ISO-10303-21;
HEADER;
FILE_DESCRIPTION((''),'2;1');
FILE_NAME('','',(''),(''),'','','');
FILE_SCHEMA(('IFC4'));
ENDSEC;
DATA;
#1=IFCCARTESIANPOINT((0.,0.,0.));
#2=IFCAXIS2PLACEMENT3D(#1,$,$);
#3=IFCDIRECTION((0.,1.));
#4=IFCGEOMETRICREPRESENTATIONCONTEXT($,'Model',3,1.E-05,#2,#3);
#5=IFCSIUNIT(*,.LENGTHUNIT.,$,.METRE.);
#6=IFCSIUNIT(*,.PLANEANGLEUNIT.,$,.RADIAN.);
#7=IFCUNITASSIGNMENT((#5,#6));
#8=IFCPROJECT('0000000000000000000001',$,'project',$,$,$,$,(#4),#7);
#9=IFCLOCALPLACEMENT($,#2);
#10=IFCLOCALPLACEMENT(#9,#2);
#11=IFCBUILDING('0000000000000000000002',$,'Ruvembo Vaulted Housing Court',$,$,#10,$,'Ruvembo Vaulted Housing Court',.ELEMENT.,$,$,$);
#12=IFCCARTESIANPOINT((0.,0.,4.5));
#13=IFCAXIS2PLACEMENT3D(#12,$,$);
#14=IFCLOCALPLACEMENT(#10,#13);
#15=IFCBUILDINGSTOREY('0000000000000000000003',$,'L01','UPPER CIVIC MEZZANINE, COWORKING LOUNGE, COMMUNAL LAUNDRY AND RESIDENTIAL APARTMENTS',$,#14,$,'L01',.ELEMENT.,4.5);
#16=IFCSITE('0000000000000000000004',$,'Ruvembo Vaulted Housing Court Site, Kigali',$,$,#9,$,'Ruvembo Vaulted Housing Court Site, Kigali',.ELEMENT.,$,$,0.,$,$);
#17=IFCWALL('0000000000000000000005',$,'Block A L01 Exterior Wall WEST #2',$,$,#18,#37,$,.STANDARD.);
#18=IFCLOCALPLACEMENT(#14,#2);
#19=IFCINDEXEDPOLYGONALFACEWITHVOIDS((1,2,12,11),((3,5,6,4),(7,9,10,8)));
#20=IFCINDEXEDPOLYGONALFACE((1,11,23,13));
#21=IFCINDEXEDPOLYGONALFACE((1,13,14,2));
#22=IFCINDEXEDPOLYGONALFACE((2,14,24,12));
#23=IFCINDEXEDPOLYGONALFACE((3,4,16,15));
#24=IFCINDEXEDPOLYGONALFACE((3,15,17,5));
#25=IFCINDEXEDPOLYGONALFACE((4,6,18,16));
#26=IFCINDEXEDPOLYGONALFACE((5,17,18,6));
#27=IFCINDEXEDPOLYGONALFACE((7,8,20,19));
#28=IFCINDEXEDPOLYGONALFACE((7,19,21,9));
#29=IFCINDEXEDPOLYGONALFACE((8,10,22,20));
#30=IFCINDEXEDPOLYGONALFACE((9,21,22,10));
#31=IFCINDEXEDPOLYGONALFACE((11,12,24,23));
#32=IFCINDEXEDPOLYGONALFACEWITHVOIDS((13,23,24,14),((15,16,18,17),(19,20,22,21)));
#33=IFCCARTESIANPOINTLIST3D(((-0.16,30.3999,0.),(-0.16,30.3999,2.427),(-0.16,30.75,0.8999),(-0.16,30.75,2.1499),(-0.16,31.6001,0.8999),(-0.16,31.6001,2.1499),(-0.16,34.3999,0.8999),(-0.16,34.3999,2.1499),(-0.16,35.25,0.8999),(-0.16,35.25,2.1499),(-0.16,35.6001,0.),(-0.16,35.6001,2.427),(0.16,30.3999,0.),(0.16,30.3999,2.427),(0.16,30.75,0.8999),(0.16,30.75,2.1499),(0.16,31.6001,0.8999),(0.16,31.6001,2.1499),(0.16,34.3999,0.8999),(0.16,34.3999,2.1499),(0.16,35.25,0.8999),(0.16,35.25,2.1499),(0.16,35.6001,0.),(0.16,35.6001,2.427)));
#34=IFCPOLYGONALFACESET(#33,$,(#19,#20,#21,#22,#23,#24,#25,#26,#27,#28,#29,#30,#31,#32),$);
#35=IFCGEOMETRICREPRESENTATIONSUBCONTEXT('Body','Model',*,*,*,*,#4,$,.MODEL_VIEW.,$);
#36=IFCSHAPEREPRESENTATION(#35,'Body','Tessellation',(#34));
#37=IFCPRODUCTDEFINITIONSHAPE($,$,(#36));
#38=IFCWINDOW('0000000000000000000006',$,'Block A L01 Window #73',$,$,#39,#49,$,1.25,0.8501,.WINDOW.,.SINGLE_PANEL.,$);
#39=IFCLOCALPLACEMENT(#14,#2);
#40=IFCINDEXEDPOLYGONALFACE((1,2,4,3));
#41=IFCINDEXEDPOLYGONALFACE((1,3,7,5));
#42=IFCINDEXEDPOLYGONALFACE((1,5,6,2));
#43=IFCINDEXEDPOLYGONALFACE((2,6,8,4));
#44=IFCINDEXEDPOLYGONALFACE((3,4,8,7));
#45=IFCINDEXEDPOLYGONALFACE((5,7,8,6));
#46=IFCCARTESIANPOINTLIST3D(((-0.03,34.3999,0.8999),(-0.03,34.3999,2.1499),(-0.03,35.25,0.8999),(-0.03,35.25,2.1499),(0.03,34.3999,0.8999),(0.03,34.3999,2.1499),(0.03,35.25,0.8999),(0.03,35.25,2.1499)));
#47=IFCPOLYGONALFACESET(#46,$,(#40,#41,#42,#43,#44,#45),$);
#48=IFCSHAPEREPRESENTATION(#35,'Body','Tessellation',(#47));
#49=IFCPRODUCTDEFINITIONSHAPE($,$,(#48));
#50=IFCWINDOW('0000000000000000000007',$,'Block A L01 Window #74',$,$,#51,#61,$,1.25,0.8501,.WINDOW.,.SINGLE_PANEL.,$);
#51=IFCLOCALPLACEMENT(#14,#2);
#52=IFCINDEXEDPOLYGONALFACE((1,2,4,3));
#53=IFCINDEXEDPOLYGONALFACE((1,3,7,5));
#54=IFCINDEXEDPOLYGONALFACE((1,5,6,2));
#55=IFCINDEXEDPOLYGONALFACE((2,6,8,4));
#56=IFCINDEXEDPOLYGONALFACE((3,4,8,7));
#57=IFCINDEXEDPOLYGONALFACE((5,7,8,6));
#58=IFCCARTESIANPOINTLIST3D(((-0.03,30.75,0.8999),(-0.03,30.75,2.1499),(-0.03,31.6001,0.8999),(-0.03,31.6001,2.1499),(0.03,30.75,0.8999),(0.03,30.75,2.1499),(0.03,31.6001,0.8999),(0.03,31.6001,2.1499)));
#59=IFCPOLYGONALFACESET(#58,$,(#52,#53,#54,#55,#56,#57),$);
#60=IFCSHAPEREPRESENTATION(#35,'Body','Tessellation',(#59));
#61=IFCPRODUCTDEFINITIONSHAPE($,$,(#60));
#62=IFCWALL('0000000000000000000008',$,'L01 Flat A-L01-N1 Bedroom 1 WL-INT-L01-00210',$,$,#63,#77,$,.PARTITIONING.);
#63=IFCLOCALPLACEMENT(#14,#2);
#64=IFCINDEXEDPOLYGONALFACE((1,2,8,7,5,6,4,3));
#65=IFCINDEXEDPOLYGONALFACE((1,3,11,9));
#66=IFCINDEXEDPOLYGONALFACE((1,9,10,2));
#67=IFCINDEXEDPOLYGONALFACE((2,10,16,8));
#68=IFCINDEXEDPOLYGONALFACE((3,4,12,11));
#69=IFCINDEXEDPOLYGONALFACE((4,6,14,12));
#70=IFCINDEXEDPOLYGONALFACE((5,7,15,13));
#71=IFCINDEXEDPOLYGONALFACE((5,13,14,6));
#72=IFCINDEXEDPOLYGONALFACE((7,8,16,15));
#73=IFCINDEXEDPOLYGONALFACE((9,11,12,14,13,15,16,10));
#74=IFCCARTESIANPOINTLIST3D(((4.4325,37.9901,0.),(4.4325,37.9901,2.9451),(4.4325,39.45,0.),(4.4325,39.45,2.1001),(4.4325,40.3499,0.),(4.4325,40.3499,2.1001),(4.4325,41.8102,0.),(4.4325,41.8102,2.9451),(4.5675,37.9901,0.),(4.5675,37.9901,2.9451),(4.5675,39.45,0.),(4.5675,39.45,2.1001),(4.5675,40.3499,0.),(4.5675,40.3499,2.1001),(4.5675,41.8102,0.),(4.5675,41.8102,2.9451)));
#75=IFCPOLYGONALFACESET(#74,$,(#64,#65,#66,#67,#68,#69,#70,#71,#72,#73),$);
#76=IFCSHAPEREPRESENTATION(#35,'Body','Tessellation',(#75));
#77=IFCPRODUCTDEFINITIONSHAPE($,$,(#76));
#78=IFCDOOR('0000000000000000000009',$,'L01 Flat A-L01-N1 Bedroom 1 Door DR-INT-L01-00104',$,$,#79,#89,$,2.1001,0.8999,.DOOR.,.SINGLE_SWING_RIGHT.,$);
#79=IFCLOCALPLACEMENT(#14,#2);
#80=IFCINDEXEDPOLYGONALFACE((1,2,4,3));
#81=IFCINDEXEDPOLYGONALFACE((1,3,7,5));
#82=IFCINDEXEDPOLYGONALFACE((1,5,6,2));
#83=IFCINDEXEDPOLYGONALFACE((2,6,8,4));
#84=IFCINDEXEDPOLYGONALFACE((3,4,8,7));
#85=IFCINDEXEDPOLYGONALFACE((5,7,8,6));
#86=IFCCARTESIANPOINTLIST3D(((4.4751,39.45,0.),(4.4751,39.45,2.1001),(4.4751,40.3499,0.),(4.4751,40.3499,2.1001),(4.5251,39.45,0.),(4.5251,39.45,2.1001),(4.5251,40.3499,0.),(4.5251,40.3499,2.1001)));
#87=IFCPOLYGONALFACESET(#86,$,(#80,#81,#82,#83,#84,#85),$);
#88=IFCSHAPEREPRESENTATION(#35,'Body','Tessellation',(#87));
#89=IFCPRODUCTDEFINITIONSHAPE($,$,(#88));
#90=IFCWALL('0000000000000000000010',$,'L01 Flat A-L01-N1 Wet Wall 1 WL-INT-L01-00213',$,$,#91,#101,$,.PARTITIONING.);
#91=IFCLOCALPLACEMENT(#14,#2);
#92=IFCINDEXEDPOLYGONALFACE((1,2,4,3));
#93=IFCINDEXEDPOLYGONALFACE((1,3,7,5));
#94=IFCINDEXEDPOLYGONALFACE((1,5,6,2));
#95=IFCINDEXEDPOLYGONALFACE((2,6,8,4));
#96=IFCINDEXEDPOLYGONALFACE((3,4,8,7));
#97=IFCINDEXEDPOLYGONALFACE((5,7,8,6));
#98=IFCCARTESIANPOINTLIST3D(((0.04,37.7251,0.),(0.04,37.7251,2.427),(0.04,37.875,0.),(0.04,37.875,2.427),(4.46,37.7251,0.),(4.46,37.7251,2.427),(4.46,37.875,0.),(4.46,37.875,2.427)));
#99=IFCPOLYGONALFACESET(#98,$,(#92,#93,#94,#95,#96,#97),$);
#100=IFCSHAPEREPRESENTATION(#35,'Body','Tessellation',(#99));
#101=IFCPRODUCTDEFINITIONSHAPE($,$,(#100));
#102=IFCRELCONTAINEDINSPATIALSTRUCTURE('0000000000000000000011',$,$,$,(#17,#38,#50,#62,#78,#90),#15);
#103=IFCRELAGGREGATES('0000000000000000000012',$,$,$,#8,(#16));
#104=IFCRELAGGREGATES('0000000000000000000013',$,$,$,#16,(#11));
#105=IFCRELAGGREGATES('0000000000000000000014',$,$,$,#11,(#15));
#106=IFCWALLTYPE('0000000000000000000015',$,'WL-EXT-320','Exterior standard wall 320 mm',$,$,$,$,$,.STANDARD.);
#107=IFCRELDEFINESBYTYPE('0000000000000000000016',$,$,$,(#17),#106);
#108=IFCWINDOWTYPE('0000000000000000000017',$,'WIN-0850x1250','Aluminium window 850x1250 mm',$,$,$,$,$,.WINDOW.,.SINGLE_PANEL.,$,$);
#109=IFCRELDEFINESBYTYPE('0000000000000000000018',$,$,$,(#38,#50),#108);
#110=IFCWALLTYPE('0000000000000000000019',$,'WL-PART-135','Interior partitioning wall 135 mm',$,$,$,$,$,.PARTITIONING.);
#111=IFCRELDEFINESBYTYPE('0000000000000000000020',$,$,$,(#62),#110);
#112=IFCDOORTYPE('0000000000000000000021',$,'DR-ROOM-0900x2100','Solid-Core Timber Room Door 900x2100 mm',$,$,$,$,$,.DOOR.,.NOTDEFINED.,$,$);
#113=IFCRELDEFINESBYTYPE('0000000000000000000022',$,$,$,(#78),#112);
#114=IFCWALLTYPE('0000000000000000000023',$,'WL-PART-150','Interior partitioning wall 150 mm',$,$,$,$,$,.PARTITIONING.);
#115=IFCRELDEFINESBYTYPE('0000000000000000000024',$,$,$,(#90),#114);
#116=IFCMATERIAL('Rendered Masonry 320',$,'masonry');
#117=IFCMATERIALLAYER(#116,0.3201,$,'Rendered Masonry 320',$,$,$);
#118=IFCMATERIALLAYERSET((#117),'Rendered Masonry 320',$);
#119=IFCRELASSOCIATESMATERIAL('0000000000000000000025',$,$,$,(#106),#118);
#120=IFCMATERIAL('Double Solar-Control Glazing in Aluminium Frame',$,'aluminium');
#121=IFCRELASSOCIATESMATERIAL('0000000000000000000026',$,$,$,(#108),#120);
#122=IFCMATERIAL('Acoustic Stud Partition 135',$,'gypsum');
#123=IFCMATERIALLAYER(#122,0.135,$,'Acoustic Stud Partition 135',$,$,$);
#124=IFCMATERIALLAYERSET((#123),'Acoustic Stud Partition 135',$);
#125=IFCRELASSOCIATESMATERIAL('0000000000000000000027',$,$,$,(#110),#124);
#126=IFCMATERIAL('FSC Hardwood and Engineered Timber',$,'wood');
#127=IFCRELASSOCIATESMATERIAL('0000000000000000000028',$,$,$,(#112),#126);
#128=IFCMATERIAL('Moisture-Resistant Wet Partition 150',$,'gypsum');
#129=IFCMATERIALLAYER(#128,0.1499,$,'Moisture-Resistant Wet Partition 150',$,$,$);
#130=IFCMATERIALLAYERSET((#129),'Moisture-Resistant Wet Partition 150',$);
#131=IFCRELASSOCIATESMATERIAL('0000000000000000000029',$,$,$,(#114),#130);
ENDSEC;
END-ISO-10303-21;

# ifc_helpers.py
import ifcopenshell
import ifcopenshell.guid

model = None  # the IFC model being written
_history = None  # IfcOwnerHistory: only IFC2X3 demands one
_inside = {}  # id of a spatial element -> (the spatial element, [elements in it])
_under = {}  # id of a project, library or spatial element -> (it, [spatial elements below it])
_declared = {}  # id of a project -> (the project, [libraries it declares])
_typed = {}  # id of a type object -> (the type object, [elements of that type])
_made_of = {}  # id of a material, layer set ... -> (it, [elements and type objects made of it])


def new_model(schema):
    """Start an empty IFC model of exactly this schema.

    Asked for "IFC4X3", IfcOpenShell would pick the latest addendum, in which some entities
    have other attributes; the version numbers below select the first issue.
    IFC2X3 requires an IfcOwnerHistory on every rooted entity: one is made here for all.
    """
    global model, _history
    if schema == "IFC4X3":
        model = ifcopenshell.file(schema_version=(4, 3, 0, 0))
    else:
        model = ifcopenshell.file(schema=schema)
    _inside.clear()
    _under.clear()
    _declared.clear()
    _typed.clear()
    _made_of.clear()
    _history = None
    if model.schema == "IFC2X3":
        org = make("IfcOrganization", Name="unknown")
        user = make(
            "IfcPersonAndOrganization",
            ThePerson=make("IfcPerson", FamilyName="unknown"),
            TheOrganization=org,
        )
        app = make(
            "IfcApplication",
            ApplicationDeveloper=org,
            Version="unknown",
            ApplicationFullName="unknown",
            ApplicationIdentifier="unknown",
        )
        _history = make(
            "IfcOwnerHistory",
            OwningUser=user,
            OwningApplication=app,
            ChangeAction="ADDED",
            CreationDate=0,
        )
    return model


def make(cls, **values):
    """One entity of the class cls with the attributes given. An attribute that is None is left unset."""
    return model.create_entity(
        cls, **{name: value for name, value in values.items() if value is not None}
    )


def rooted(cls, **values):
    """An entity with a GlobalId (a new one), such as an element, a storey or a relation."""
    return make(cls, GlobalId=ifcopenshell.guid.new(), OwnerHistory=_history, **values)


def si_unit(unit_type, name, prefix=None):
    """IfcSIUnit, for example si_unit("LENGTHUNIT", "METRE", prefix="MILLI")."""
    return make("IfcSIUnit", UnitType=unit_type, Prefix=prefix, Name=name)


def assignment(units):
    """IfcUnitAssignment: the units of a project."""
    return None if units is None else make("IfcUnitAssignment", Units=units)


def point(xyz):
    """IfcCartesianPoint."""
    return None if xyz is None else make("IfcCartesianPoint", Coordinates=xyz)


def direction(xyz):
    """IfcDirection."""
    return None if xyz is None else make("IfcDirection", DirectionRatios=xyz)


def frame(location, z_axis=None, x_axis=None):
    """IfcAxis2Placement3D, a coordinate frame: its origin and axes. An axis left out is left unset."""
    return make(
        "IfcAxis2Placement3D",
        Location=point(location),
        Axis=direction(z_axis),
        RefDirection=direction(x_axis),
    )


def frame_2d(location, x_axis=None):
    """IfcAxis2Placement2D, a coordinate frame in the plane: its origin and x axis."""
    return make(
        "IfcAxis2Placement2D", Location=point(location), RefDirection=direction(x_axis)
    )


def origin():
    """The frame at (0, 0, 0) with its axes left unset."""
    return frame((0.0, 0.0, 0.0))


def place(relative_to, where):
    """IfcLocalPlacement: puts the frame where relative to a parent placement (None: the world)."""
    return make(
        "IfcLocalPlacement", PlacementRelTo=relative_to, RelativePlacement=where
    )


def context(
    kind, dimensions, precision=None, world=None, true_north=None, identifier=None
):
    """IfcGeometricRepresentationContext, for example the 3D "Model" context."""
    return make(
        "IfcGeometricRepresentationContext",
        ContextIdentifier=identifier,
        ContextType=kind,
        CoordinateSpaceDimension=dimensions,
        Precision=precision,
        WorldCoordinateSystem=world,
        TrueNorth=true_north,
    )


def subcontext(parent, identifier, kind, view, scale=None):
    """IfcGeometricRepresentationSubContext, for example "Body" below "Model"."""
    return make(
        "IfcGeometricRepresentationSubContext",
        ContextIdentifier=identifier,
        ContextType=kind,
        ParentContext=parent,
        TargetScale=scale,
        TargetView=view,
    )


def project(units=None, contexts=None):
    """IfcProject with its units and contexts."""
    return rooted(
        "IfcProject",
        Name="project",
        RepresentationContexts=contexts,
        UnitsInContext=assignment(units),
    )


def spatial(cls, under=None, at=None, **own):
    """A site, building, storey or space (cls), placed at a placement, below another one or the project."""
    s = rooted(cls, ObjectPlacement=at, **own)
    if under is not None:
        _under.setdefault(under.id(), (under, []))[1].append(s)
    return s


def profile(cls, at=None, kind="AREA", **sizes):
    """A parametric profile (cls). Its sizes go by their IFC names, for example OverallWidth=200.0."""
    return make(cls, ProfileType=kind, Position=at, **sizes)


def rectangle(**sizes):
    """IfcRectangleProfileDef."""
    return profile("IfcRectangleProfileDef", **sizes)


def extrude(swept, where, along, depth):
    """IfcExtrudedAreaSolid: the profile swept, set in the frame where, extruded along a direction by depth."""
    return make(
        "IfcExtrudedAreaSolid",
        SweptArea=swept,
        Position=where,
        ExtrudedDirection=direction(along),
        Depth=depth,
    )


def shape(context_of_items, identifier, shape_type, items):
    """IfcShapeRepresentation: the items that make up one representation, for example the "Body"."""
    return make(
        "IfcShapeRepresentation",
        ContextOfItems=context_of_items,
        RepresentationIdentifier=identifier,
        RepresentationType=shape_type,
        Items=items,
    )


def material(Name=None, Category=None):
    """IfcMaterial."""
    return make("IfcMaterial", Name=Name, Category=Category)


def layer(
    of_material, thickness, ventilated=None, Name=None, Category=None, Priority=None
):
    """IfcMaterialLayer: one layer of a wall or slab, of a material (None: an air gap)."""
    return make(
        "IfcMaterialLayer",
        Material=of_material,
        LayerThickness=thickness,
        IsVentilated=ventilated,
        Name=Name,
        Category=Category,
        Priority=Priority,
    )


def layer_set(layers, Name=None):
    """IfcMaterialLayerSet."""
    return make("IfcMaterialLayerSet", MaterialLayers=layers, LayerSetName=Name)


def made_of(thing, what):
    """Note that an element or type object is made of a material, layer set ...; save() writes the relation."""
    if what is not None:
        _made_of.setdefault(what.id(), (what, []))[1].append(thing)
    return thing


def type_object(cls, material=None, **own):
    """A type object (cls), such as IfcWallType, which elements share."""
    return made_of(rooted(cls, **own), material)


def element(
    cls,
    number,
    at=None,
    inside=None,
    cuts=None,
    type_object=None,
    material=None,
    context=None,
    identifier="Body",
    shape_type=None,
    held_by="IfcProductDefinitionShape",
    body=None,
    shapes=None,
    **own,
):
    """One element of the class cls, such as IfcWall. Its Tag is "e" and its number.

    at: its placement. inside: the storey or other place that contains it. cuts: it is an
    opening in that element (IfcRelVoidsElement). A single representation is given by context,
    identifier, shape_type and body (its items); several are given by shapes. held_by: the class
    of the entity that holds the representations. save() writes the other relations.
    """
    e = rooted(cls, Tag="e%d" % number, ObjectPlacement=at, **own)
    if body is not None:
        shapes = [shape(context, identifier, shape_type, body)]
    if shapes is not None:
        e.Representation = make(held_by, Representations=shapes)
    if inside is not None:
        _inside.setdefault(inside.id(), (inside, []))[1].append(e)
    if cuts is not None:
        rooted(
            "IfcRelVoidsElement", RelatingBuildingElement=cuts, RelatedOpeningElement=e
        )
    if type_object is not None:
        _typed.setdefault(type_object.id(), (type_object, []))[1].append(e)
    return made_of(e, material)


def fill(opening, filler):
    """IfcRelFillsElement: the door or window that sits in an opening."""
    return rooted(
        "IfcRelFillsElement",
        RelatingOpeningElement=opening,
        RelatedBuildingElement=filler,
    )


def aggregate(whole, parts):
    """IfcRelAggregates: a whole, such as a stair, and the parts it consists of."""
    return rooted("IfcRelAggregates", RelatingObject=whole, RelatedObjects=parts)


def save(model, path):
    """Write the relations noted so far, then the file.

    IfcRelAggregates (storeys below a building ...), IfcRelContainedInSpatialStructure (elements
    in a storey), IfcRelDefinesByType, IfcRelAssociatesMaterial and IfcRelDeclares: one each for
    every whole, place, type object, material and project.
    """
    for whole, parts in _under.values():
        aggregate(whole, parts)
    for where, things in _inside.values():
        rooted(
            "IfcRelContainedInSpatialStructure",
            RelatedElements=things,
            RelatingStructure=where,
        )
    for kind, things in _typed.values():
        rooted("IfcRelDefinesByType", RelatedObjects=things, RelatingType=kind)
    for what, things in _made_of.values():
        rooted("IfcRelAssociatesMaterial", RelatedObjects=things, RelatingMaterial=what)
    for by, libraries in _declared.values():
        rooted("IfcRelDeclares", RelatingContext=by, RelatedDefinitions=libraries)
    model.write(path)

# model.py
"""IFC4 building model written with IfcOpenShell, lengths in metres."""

from ifc_helpers import new_model, si_unit, direction, frame, frame_2d, origin, place, context, subcontext, project, spatial, rectangle, extrude, material, layer, layer_set, type_object, element, fill, save


model = new_model("IFC4")

# Units and contexts
model_context = context("Model", 3, precision=1e-05, world=origin(), true_north=direction((0.0, 1.0)))
body_context = subcontext(model_context, "Body", "Model", "MODEL_VIEW")
ifc_project = project(units=[si_unit("LENGTHUNIT", "METRE"), si_unit("PLANEANGLEUNIT", "RADIAN")], contexts=[model_context])

# Site, building, storey
site_placement = place(None, origin())
site = spatial("IfcSite", under=ifc_project, at=site_placement, Name="Ruvembo Vaulted Housing Court Site, Kigali", LongName="Ruvembo Vaulted Housing Court Site, Kigali", CompositionType="ELEMENT", RefElevation=0.0)
building_placement = place(site_placement, origin())
building = spatial("IfcBuilding", under=site, at=building_placement, Name="Ruvembo Vaulted Housing Court", LongName="Ruvembo Vaulted Housing Court", CompositionType="ELEMENT")
storey_placement = place(building_placement, frame((0.0, 0.0, 4.5)))
storey = spatial("IfcBuildingStorey", under=building, at=storey_placement, Name="L01", Description="UPPER CIVIC MEZZANINE, COWORKING LOUNGE, COMMUNAL LAUNDRY AND RESIDENTIAL APARTMENTS", LongName="L01", CompositionType="ELEMENT", Elevation=4.5)

# Wall, openings, windows
ifc_material_1 = material(Name="Rendered Masonry 320", Category="masonry")
ifc_layer_1 = layer(ifc_material_1, 0.3201, Name="Rendered Masonry 320")
ifc_layer_set_1 = layer_set([ifc_layer_1], Name="Rendered Masonry 320")
wall_type_1 = type_object("IfcWallType", Name="WL-EXT-320", Description="Exterior standard wall 320 mm", PredefinedType="STANDARD", material=ifc_layer_set_1)
ifc_material_2 = material(Name="Double Solar-Control Glazing in Aluminium Frame", Category="aluminium")
wall_1_placement = place(storey_placement, frame((0.0, 35.6001, 0.0), z_axis=(0.0, 0.0, 1.0), x_axis=(0.0, -1.0, 0.0)))
wall_1 = element("IfcWall", 1, at=wall_1_placement, inside=storey, type_object=wall_type_1, Name="Block A L01 Exterior Wall WEST #2", PredefinedType="STANDARD", context=body_context, shape_type="SweptSolid", body=[
    extrude(rectangle(XDim=5.2002, YDim=0.3201, at=frame_2d((2.6001, 0.0))), origin(), (0.0, 0.0, 1.0), 2.427),
])
opening_1_placement = place(wall_1_placement, frame((0.3501, 0.0, 0.8999)))
opening_1 = element("IfcOpeningElement", 2, at=opening_1_placement, cuts=wall_1, PredefinedType="OPENING", context=body_context, shape_type="SweptSolid", body=[
    extrude(rectangle(XDim=0.8501, YDim=1.25, at=frame_2d((0.425, 0.625))), frame((0.0, 0.1699, 0.0), z_axis=(0.0, -1.0, 0.0), x_axis=(1.0, 0.0, 0.0)), (0.0, 0.0, 1.0), 0.3401),
])
opening_2_placement = place(wall_1_placement, frame((4.0, 0.0, 0.8999)))
opening_2 = element("IfcOpeningElement", 3, at=opening_2_placement, cuts=wall_1, PredefinedType="OPENING", context=body_context, shape_type="SweptSolid", body=[
    extrude(rectangle(XDim=0.8501, YDim=1.25, at=frame_2d((0.425, 0.625))), frame((0.0, 0.1699, 0.0), z_axis=(0.0, -1.0, 0.0), x_axis=(1.0, 0.0, 0.0)), (0.0, 0.0, 1.0), 0.3401),
])
window_type_1 = type_object("IfcWindowType", Name="WIN-0850x1250", Description="Aluminium window 850x1250 mm", PartitioningType="SINGLE_PANEL", PredefinedType="WINDOW", material=ifc_material_2)
window_1_placement = place(opening_1_placement, origin())
window_1 = element("IfcWindow", 4, at=window_1_placement, inside=storey, type_object=window_type_1, Name="Block A L01 Window #73", OverallHeight=1.25, OverallWidth=0.8501, PartitioningType="SINGLE_PANEL", PredefinedType="WINDOW", context=body_context, shape_type="SweptSolid", body=[
    extrude(rectangle(XDim=0.8501, YDim=1.25, at=frame_2d((0.425, 0.625))), frame((0.0, 0.03, 0.0), z_axis=(0.0, -1.0, 0.0), x_axis=(1.0, 0.0, 0.0)), (0.0, 0.0, 1.0), 0.0601),
])
fill(opening_1, window_1)
window_2_placement = place(opening_2_placement, origin())
window_2 = element("IfcWindow", 5, at=window_2_placement, inside=storey, type_object=window_type_1, Name="Block A L01 Window #74", OverallHeight=1.25, OverallWidth=0.8501, PartitioningType="SINGLE_PANEL", PredefinedType="WINDOW", context=body_context, shape_type="SweptSolid", body=[
    extrude(rectangle(XDim=0.8501, YDim=1.25, at=frame_2d((0.425, 0.625))), frame((0.0, 0.03, 0.0), z_axis=(0.0, -1.0, 0.0), x_axis=(1.0, 0.0, 0.0)), (0.0, 0.0, 1.0), 0.0601),
])
fill(opening_2, window_2)

# Wall, opening, door
ifc_material_3 = material(Name="Acoustic Stud Partition 135", Category="gypsum")
ifc_layer_2 = layer(ifc_material_3, 0.135, Name="Acoustic Stud Partition 135")
ifc_layer_set_2 = layer_set([ifc_layer_2], Name="Acoustic Stud Partition 135")
wall_type_2 = type_object("IfcWallType", Name="WL-PART-135", Description="Interior partitioning wall 135 mm", PredefinedType="PARTITIONING", material=ifc_layer_set_2)
wall_2_placement = place(storey_placement, frame((4.5, 37.99, 0.0), z_axis=(0.0, 0.0, 1.0), x_axis=(0.0, 1.0, 0.0)))
wall_2 = element("IfcWall", 6, at=wall_2_placement, inside=storey, type_object=wall_type_2, Name="L01 Flat A-L01-N1 Bedroom 1 WL-INT-L01-00210", PredefinedType="PARTITIONING", context=body_context, shape_type="SweptSolid", body=[
    extrude(rectangle(XDim=3.8201, YDim=0.135, at=frame_2d((1.9102, 0.0))), origin(), (0.0, 0.0, 1.0), 2.9451),
])
opening_3_placement = place(wall_2_placement, frame((1.46, 0.0, 0.0)))
opening_3 = element("IfcOpeningElement", 7, at=opening_3_placement, cuts=wall_2, PredefinedType="OPENING", context=body_context, shape_type="SweptSolid", body=[
    extrude(rectangle(XDim=0.8999, YDim=2.1001, at=frame_2d((0.45, 1.05))), frame((0.0, 0.0774, 0.0), z_axis=(0.0, -1.0, 0.0), x_axis=(1.0, 0.0, 0.0)), (0.0, 0.0, 1.0), 0.155),
])
ifc_material_4 = material(Name="FSC Hardwood and Engineered Timber", Category="wood")
door_type = type_object("IfcDoorType", Name="DR-ROOM-0900x2100", Description="Solid-Core Timber Room Door 900x2100 mm", OperationType="NOTDEFINED", PredefinedType="DOOR", material=ifc_material_4)
door_placement = place(opening_3_placement, origin())
door = element("IfcDoor", 8, at=door_placement, inside=storey, type_object=door_type, Name="L01 Flat A-L01-N1 Bedroom 1 Door DR-INT-L01-00104", OperationType="SINGLE_SWING_RIGHT", OverallHeight=2.1001, OverallWidth=0.8999, PredefinedType="DOOR", context=body_context, shape_type="SweptSolid", body=[
    extrude(rectangle(XDim=0.8999, YDim=2.1001, at=frame_2d((0.45, 1.05))), frame((0.0, 0.0249, 0.0), z_axis=(0.0, -1.0, 0.0), x_axis=(1.0, 0.0, 0.0)), (0.0, 0.0, 1.0), 0.05),
])
fill(opening_3, door)

# Wall
ifc_material_5 = material(Name="Moisture-Resistant Wet Partition 150", Category="gypsum")
ifc_layer_3 = layer(ifc_material_5, 0.1499, Name="Moisture-Resistant Wet Partition 150")
ifc_layer_set_3 = layer_set([ifc_layer_3], Name="Moisture-Resistant Wet Partition 150")
wall_type_3 = type_object("IfcWallType", Name="WL-PART-150", Description="Interior partitioning wall 150 mm", PredefinedType="PARTITIONING", material=ifc_layer_set_3)
wall_3_placement = place(storey_placement, frame((0.04, 37.8, 0.0), z_axis=(0.0, 0.0, 1.0), x_axis=(1.0, 0.0, 0.0)))
element("IfcWall", 9, at=wall_3_placement, inside=storey, type_object=wall_type_3, Name="L01 Flat A-L01-N1 Wet Wall 1 WL-INT-L01-00213", PredefinedType="PARTITIONING", context=body_context, shape_type="SweptSolid", body=[
    extrude(rectangle(XDim=4.4199, YDim=0.1499, at=frame_2d((2.21, 0.0))), origin(), (0.0, 0.0, 1.0), 2.427),
])

save(model, "model.ifc")
